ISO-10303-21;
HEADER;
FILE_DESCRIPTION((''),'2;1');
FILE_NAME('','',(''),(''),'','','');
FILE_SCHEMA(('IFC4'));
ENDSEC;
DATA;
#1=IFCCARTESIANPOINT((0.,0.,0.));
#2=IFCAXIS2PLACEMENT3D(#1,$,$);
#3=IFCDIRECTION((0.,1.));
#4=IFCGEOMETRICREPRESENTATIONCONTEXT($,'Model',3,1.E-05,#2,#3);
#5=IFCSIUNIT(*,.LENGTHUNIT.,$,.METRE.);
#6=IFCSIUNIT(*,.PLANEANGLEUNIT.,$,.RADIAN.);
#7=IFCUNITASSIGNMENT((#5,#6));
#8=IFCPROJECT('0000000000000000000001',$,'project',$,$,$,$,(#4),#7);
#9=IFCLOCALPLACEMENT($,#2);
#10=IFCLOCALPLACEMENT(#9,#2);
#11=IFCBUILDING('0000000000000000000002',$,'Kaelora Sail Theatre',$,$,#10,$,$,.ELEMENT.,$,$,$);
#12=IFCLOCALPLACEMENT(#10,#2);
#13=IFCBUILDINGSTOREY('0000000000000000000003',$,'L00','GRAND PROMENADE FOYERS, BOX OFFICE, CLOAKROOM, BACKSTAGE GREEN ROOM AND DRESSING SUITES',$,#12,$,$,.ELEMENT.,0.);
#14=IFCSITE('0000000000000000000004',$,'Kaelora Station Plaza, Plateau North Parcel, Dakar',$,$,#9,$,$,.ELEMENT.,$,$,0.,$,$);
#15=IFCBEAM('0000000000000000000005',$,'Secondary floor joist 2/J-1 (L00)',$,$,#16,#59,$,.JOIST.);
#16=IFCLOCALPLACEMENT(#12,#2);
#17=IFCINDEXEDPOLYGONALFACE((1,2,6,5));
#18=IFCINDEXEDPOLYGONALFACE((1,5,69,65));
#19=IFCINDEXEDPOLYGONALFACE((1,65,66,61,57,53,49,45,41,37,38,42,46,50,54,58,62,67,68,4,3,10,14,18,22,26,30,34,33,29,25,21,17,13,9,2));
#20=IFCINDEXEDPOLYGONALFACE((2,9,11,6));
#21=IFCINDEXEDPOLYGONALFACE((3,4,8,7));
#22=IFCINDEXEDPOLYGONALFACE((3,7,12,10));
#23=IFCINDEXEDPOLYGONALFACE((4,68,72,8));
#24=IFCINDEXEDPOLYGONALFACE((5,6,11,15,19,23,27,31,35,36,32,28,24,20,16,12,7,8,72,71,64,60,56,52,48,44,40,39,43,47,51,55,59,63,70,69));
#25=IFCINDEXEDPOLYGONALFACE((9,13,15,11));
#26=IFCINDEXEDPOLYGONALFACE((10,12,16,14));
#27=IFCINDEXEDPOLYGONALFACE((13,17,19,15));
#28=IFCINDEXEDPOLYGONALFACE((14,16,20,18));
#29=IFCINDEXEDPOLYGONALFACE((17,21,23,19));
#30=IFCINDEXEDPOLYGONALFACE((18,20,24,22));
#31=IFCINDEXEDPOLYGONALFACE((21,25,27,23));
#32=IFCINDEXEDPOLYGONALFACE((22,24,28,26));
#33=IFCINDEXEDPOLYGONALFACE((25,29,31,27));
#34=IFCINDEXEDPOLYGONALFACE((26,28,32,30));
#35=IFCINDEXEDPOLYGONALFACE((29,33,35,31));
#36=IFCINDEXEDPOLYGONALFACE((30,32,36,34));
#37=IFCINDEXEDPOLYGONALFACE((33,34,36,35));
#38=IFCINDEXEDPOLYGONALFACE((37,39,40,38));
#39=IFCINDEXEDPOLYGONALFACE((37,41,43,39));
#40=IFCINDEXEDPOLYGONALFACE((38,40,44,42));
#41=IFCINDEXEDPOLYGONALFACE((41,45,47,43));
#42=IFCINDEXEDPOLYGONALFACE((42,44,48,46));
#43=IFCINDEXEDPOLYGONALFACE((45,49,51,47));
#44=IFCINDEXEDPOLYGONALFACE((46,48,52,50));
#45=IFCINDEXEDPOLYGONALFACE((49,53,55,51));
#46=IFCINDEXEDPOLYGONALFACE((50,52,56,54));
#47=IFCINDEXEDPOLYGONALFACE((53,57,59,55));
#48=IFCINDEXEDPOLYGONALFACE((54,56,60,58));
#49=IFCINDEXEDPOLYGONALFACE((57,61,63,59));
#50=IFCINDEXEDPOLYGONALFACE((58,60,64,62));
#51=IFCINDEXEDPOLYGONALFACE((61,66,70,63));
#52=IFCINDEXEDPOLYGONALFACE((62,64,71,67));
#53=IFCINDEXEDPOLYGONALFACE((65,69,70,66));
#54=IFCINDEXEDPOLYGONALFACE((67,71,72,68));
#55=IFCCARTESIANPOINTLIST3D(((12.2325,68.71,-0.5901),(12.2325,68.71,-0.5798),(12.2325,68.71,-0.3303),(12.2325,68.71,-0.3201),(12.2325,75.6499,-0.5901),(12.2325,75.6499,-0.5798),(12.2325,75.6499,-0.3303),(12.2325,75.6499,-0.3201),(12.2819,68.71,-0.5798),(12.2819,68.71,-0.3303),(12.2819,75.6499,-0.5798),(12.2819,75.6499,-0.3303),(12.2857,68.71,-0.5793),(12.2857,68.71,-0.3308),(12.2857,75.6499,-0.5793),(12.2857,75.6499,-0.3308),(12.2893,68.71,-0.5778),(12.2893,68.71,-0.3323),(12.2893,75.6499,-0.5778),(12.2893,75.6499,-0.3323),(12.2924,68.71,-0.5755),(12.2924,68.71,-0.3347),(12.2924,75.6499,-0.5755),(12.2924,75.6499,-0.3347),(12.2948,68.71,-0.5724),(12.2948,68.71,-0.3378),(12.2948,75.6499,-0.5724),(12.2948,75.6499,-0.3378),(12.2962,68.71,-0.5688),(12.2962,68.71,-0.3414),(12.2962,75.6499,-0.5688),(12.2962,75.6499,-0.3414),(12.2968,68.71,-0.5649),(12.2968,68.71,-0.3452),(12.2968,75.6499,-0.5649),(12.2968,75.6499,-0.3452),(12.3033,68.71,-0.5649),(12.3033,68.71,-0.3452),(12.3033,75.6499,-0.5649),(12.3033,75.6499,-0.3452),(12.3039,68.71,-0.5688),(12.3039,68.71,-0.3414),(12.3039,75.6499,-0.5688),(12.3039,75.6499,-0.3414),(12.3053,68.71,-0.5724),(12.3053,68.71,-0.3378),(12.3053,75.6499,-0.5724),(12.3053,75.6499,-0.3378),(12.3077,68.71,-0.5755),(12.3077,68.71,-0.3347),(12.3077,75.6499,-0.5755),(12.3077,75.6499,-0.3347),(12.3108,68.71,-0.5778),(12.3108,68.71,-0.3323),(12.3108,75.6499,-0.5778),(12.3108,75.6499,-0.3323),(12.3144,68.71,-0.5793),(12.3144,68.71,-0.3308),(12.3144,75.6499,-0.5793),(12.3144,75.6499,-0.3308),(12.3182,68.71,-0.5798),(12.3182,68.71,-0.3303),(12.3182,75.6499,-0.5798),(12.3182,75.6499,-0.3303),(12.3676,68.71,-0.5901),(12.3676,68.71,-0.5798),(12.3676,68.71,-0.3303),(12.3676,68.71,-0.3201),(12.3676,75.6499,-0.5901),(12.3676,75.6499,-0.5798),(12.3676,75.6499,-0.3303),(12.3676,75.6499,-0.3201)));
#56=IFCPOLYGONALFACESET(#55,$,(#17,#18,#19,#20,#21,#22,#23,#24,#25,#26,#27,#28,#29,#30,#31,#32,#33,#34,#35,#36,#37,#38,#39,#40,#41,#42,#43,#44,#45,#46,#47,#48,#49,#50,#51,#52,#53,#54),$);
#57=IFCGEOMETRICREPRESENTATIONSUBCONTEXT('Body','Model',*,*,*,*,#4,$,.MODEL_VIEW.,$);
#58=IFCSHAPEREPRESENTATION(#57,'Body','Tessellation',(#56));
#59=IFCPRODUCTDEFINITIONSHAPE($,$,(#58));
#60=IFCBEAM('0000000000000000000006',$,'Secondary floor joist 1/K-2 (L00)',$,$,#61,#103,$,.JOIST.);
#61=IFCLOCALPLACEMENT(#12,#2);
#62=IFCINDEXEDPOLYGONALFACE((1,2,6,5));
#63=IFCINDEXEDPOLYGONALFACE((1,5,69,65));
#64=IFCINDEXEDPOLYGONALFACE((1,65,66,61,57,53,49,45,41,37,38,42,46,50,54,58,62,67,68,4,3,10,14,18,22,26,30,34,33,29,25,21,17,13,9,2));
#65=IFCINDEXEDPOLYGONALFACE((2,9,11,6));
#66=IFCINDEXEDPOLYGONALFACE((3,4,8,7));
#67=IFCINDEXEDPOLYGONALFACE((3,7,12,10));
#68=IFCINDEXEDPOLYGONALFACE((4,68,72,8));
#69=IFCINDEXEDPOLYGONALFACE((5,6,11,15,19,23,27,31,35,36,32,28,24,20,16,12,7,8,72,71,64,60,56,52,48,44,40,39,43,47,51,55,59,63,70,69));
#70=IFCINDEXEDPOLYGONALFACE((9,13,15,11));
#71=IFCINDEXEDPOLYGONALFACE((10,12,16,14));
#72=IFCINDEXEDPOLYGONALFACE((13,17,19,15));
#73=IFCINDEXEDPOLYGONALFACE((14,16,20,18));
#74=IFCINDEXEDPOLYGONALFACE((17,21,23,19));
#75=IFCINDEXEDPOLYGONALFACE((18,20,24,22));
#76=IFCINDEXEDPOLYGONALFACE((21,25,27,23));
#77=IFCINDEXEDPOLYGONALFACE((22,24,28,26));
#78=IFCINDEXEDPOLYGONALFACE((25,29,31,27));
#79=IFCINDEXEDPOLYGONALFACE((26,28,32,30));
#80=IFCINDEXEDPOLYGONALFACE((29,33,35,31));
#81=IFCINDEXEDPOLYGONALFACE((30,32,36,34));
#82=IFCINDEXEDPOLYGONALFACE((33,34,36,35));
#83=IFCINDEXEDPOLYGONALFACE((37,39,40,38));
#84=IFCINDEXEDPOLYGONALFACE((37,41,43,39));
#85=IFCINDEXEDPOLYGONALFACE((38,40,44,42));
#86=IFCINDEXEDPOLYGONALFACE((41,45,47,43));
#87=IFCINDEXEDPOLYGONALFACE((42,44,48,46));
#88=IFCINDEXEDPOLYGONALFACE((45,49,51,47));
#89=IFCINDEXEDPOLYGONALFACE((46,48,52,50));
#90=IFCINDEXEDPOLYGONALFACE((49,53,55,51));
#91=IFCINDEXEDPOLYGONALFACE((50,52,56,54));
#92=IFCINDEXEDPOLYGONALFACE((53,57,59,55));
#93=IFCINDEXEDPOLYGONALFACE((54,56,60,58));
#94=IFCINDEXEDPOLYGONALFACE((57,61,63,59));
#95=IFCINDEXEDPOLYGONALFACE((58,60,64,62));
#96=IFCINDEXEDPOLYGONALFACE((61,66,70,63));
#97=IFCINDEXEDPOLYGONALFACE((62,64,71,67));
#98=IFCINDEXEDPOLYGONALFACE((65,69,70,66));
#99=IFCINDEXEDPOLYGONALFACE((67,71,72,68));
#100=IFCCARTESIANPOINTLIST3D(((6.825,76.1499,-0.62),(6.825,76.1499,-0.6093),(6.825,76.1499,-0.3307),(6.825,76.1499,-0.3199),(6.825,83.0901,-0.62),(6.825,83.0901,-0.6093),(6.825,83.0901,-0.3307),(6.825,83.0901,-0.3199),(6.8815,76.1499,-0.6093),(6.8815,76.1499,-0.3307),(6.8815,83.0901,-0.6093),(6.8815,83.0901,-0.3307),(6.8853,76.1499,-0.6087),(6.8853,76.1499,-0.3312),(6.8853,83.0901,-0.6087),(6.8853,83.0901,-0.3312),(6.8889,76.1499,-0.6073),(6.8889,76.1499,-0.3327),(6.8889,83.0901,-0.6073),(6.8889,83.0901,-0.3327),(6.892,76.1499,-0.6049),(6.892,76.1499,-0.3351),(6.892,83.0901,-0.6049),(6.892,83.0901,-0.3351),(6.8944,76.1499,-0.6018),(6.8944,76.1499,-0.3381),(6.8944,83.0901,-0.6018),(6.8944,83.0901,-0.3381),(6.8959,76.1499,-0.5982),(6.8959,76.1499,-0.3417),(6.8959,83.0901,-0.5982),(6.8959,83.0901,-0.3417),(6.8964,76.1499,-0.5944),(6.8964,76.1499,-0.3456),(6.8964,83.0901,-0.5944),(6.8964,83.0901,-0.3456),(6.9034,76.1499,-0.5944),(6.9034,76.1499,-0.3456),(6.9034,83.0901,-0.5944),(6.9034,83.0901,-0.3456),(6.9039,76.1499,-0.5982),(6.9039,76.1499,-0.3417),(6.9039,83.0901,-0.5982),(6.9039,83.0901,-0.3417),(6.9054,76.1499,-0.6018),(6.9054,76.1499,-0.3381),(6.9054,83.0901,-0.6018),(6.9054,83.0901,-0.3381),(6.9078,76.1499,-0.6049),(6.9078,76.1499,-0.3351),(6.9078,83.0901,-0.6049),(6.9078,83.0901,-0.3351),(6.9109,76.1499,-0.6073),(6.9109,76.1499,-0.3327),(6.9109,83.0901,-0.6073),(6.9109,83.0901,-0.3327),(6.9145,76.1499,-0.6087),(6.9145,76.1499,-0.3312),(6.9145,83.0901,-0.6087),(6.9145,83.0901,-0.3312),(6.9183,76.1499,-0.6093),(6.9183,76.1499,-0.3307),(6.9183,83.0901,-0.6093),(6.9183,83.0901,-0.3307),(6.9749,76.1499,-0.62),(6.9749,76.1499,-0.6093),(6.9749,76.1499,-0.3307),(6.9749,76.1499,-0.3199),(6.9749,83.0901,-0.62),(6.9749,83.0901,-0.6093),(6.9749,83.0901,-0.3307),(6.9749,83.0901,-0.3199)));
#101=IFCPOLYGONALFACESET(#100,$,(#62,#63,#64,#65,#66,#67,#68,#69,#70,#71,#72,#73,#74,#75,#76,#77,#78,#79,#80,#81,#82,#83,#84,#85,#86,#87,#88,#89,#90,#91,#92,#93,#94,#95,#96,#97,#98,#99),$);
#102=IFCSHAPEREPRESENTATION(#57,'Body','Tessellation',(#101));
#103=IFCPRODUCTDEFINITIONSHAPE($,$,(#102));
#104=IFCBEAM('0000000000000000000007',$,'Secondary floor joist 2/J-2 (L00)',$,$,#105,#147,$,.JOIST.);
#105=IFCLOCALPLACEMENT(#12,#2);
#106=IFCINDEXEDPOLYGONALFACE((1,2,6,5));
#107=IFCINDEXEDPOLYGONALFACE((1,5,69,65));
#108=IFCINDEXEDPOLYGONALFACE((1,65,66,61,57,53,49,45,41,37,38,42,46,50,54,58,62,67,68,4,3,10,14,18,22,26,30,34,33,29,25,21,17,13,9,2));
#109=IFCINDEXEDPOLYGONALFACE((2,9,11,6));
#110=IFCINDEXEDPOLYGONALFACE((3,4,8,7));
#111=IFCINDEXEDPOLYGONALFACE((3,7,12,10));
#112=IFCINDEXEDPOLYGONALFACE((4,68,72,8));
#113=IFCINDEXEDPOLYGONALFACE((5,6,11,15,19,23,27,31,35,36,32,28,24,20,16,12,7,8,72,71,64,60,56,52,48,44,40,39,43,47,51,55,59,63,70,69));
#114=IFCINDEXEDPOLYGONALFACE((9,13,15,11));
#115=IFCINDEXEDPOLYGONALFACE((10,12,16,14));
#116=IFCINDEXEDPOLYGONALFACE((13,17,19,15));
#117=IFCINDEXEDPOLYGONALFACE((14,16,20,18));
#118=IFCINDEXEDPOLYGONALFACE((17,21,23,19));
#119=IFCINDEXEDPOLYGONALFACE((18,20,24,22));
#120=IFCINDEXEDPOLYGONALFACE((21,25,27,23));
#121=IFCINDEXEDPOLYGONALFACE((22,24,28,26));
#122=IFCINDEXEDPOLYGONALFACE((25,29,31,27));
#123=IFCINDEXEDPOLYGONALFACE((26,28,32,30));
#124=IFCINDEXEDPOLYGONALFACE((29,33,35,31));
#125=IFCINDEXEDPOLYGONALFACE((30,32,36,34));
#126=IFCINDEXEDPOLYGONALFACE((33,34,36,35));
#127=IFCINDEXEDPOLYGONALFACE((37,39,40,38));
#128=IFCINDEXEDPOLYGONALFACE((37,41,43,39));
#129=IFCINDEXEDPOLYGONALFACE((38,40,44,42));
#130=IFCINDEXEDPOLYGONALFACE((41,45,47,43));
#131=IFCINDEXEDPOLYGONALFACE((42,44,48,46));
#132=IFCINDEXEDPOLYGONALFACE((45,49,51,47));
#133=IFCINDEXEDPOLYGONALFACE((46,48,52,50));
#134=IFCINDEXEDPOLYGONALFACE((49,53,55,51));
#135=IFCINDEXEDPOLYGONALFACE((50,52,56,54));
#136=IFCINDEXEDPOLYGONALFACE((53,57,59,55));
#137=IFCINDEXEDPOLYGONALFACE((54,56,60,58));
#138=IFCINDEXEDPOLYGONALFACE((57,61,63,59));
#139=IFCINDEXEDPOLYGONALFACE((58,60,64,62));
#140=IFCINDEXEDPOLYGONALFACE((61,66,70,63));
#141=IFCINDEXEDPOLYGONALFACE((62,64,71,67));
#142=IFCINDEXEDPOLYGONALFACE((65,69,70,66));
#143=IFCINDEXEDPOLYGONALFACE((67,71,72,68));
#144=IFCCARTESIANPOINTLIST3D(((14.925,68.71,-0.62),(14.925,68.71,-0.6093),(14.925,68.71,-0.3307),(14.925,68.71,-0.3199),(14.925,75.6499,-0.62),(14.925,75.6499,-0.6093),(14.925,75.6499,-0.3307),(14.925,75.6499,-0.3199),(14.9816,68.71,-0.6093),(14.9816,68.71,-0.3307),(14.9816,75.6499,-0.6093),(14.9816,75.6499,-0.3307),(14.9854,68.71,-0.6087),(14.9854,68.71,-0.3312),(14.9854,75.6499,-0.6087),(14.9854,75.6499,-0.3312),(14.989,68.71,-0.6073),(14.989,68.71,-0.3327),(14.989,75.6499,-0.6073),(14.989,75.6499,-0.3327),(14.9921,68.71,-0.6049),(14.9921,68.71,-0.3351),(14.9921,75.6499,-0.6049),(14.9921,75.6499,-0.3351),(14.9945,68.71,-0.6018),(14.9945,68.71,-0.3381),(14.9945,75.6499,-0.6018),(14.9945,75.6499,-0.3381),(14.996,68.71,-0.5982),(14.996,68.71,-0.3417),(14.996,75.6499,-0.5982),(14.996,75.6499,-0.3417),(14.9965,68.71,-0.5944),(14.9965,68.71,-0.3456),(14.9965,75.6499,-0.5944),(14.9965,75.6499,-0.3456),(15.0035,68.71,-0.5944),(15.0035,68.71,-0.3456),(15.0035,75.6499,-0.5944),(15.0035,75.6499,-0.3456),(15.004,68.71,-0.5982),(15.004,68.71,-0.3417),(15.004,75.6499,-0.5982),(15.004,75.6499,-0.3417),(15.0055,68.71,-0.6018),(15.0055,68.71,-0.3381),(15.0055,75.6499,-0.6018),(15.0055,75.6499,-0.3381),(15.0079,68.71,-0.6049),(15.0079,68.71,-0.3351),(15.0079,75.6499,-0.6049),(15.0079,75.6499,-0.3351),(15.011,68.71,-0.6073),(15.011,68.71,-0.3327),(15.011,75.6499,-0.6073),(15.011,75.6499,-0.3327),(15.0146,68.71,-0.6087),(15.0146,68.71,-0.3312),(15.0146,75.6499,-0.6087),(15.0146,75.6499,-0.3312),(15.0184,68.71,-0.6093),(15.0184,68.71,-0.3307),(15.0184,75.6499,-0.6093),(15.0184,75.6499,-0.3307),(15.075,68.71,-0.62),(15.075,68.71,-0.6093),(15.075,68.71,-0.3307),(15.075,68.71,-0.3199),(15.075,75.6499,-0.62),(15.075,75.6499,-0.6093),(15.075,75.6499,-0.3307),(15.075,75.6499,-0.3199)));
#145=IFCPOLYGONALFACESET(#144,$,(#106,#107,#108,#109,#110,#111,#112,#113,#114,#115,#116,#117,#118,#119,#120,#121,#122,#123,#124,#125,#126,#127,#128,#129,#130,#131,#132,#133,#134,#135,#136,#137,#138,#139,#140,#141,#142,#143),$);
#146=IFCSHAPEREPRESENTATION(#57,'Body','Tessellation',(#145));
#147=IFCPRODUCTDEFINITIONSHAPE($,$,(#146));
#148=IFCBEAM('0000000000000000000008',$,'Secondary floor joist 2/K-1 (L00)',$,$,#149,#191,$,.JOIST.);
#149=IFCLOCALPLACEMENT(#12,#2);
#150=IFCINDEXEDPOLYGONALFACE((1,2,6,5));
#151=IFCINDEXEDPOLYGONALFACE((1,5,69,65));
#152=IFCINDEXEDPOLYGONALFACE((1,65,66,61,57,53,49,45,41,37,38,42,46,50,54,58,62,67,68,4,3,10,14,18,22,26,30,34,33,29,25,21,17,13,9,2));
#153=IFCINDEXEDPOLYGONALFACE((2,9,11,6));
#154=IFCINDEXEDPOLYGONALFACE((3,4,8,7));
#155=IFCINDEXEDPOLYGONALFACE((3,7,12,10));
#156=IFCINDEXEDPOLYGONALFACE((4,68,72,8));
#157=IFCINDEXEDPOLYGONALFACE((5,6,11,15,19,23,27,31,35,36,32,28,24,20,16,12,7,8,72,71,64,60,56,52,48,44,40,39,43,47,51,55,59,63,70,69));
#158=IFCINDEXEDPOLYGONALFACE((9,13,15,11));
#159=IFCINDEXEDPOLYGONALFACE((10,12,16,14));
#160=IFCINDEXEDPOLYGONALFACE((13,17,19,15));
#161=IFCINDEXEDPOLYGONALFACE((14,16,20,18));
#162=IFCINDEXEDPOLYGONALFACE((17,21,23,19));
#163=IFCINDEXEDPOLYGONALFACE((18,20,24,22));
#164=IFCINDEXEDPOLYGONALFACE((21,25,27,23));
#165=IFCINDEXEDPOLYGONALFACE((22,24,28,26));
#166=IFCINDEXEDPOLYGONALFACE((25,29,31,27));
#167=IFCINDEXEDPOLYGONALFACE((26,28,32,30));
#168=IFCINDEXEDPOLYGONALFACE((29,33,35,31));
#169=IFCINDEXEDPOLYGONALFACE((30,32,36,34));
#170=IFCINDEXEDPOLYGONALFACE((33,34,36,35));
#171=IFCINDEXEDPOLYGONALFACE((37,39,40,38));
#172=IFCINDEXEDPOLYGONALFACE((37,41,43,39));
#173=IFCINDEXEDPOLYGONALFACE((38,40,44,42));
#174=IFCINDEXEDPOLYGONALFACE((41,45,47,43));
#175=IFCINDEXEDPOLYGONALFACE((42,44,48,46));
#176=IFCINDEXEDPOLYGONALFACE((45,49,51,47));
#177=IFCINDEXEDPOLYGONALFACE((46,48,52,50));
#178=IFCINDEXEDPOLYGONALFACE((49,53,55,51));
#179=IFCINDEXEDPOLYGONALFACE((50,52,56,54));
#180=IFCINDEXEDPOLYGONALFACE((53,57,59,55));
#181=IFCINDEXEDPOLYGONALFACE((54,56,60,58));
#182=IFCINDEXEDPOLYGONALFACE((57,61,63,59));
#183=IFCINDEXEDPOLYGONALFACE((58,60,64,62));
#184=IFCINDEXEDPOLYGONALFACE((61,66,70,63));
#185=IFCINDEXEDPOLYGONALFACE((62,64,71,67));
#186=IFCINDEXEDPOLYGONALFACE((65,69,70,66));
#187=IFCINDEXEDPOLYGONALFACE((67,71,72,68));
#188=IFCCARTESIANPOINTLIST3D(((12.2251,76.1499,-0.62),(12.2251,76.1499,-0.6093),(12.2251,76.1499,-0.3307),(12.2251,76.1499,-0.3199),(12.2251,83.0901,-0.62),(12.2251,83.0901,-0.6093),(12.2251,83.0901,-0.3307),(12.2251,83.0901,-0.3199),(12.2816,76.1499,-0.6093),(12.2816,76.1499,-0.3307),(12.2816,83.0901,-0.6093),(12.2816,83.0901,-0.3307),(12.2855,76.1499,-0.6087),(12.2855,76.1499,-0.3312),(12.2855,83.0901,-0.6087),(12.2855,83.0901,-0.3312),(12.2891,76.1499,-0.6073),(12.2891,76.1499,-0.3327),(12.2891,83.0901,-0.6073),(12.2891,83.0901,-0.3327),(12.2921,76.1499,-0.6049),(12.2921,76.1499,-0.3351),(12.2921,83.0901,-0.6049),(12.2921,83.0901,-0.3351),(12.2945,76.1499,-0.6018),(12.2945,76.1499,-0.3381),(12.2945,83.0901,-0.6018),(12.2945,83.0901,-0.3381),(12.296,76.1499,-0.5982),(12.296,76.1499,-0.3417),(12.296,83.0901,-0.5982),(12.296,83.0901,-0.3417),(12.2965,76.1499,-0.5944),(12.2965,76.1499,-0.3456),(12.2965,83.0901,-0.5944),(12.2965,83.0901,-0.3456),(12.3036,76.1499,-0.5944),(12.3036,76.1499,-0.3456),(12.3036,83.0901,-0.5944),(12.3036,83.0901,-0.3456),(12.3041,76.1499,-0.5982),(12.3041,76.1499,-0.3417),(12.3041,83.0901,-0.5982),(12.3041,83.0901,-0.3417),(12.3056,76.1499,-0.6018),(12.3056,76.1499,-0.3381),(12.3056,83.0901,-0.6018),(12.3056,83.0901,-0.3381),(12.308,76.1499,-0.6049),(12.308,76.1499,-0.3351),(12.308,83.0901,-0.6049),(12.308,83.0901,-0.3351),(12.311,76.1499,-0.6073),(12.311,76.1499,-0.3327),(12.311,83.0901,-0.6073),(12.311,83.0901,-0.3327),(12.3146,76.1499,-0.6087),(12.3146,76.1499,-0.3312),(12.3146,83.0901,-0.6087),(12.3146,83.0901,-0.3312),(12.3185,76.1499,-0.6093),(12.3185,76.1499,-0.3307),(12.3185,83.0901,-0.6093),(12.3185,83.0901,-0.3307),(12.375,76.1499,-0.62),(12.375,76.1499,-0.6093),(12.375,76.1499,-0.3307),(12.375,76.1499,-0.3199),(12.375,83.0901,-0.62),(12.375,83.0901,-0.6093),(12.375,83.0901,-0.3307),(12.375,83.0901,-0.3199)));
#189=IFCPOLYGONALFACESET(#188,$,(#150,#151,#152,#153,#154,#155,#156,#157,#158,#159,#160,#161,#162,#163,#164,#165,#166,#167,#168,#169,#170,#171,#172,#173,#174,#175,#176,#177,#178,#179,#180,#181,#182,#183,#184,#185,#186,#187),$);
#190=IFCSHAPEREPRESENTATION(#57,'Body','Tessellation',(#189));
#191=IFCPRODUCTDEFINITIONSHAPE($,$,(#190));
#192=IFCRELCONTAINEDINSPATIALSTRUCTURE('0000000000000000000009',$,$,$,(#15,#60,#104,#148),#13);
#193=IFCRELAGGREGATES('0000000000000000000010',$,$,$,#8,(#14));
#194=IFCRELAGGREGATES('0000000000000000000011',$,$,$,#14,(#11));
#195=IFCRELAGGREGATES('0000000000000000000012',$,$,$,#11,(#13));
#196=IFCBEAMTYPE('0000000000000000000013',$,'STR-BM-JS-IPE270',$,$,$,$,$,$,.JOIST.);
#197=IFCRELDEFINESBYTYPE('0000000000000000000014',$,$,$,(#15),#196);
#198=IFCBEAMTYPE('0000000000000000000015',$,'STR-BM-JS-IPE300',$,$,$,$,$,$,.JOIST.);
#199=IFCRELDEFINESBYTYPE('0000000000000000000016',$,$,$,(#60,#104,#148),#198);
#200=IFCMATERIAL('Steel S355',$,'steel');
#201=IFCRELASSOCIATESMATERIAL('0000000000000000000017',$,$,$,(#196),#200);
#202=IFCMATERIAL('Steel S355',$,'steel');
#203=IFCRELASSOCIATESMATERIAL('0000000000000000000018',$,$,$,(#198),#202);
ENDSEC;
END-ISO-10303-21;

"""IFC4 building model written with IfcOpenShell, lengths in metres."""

from ifc_helpers import new_model, si_unit, direction, frame, origin, origin_2d, place, context, subcontext, project, spatial, i_section, extrude, material, material_profile, profile_set, type_object, element, save


model = new_model("IFC4")

# Units and contexts
model_context = context("Model", 3, precision=1e-05, world=origin(), true_north=direction((0.0, 1.0)))
body_context = subcontext(model_context, "Body", "Model", "MODEL_VIEW")
ifc_project = project(units=[si_unit("LENGTHUNIT", "METRE"), si_unit("PLANEANGLEUNIT", "RADIAN")], contexts=[model_context])

# Site, building, storey
site_placement = place(None, origin())
site = spatial("IfcSite", under=ifc_project, at=site_placement, Name="Kaelora Station Plaza, Plateau North Parcel, Dakar", CompositionType="ELEMENT", RefElevation=0.0)
building_placement = place(site_placement, origin())
building = spatial("IfcBuilding", under=site, at=building_placement, Name="Kaelora Sail Theatre", CompositionType="ELEMENT")
storey_placement = place(building_placement, origin())
storey = spatial("IfcBuildingStorey", under=building, at=storey_placement, Name="L00", Description="GRAND PROMENADE FOYERS, BOX OFFICE, CLOAKROOM, BACKSTAGE GREEN ROOM AND DRESSING SUITES", CompositionType="ELEMENT", Elevation=0.0)

# Beams
ifc_material_1 = material(Name="Steel S355", Category="steel")
ifc_material_profile_1 = material_profile(ifc_material_1, i_section(OverallWidth=0.135, OverallDepth=0.27, WebThickness=0.0066, FlangeThickness=0.0103, FilletRadius=0.0149, at=origin_2d()), Name="IPE 270")
ifc_profile_set_1 = profile_set([ifc_material_profile_1], Name="Steel S355")
beam_type_1 = type_object("IfcBeamType", Name="STR-BM-JS-IPE270", PredefinedType="JOIST", material=ifc_profile_set_1)
for number, where, z_axis, x_axis, name in (
    (1, (12.3, 68.71, -0.4551), (0.0, 1.0, 0.0), (-1.0, 0.0, 0.0), "Secondary floor joist 2/J-1 (L00)"),
):
    element("IfcBeam", number, at=place(storey_placement, frame(where, z_axis=z_axis, x_axis=x_axis)), inside=storey, type_object=beam_type_1, Name=name, PredefinedType="JOIST", context=body_context, shape_type="SweptSolid", body=[
        extrude(i_section(OverallWidth=0.135, OverallDepth=0.27, WebThickness=0.0066, FlangeThickness=0.0103, FilletRadius=0.0149, at=origin_2d()), origin(), (0.0, 0.0, 1.0), 6.9399),
    ])
ifc_material_2 = material(Name="Steel S355", Category="steel")
ifc_material_profile_2 = material_profile(ifc_material_2, i_section(OverallWidth=0.1499, OverallDepth=0.3, WebThickness=0.0071, FlangeThickness=0.0107, FilletRadius=0.0149, at=origin_2d()), Name="IPE 300")
ifc_profile_set_2 = profile_set([ifc_material_profile_2], Name="Steel S355")
beam_type_2 = type_object("IfcBeamType", Name="STR-BM-JS-IPE300", PredefinedType="JOIST", material=ifc_profile_set_2)
beam_1_placement = place(storey_placement, frame((6.8999, 76.1499, -0.47), z_axis=(0.0, 1.0, 0.0), x_axis=(-1.0, 0.0, 0.0)))
element("IfcBeam", 2, at=beam_1_placement, inside=storey, type_object=beam_type_2, Name="Secondary floor joist 1/K-2 (L00)", PredefinedType="JOIST", context=body_context, shape_type="SweptSolid", body=[
    extrude(i_section(OverallWidth=0.1499, OverallDepth=0.3, WebThickness=0.0071, FlangeThickness=0.0107, FilletRadius=0.0149, at=origin_2d()), origin(), (0.0, 0.0, 1.0), 6.9402),
])
beam_2_placement = place(storey_placement, frame((15.0, 68.71, -0.47), z_axis=(0.0, 1.0, 0.0), x_axis=(-1.0, 0.0, 0.0)))
element("IfcBeam", 3, at=beam_2_placement, inside=storey, type_object=beam_type_2, Name="Secondary floor joist 2/J-2 (L00)", PredefinedType="JOIST", context=body_context, shape_type="SweptSolid", body=[
    extrude(i_section(OverallWidth=0.1499, OverallDepth=0.3, WebThickness=0.0071, FlangeThickness=0.0107, FilletRadius=0.0149, at=origin_2d()), origin(), (0.0, 0.0, 1.0), 6.9399),
])
beam_3_placement = place(storey_placement, frame((12.3, 76.1499, -0.47), z_axis=(0.0, 1.0, 0.0), x_axis=(-1.0, 0.0, 0.0)))
element("IfcBeam", 4, at=beam_3_placement, inside=storey, type_object=beam_type_2, Name="Secondary floor joist 2/K-1 (L00)", PredefinedType="JOIST", context=body_context, shape_type="SweptSolid", body=[
    extrude(i_section(OverallWidth=0.1499, OverallDepth=0.3, WebThickness=0.0071, FlangeThickness=0.0107, FilletRadius=0.0149, at=origin_2d()), origin(), (0.0, 0.0, 1.0), 6.9402),
])

save(model, "model.ifc")
